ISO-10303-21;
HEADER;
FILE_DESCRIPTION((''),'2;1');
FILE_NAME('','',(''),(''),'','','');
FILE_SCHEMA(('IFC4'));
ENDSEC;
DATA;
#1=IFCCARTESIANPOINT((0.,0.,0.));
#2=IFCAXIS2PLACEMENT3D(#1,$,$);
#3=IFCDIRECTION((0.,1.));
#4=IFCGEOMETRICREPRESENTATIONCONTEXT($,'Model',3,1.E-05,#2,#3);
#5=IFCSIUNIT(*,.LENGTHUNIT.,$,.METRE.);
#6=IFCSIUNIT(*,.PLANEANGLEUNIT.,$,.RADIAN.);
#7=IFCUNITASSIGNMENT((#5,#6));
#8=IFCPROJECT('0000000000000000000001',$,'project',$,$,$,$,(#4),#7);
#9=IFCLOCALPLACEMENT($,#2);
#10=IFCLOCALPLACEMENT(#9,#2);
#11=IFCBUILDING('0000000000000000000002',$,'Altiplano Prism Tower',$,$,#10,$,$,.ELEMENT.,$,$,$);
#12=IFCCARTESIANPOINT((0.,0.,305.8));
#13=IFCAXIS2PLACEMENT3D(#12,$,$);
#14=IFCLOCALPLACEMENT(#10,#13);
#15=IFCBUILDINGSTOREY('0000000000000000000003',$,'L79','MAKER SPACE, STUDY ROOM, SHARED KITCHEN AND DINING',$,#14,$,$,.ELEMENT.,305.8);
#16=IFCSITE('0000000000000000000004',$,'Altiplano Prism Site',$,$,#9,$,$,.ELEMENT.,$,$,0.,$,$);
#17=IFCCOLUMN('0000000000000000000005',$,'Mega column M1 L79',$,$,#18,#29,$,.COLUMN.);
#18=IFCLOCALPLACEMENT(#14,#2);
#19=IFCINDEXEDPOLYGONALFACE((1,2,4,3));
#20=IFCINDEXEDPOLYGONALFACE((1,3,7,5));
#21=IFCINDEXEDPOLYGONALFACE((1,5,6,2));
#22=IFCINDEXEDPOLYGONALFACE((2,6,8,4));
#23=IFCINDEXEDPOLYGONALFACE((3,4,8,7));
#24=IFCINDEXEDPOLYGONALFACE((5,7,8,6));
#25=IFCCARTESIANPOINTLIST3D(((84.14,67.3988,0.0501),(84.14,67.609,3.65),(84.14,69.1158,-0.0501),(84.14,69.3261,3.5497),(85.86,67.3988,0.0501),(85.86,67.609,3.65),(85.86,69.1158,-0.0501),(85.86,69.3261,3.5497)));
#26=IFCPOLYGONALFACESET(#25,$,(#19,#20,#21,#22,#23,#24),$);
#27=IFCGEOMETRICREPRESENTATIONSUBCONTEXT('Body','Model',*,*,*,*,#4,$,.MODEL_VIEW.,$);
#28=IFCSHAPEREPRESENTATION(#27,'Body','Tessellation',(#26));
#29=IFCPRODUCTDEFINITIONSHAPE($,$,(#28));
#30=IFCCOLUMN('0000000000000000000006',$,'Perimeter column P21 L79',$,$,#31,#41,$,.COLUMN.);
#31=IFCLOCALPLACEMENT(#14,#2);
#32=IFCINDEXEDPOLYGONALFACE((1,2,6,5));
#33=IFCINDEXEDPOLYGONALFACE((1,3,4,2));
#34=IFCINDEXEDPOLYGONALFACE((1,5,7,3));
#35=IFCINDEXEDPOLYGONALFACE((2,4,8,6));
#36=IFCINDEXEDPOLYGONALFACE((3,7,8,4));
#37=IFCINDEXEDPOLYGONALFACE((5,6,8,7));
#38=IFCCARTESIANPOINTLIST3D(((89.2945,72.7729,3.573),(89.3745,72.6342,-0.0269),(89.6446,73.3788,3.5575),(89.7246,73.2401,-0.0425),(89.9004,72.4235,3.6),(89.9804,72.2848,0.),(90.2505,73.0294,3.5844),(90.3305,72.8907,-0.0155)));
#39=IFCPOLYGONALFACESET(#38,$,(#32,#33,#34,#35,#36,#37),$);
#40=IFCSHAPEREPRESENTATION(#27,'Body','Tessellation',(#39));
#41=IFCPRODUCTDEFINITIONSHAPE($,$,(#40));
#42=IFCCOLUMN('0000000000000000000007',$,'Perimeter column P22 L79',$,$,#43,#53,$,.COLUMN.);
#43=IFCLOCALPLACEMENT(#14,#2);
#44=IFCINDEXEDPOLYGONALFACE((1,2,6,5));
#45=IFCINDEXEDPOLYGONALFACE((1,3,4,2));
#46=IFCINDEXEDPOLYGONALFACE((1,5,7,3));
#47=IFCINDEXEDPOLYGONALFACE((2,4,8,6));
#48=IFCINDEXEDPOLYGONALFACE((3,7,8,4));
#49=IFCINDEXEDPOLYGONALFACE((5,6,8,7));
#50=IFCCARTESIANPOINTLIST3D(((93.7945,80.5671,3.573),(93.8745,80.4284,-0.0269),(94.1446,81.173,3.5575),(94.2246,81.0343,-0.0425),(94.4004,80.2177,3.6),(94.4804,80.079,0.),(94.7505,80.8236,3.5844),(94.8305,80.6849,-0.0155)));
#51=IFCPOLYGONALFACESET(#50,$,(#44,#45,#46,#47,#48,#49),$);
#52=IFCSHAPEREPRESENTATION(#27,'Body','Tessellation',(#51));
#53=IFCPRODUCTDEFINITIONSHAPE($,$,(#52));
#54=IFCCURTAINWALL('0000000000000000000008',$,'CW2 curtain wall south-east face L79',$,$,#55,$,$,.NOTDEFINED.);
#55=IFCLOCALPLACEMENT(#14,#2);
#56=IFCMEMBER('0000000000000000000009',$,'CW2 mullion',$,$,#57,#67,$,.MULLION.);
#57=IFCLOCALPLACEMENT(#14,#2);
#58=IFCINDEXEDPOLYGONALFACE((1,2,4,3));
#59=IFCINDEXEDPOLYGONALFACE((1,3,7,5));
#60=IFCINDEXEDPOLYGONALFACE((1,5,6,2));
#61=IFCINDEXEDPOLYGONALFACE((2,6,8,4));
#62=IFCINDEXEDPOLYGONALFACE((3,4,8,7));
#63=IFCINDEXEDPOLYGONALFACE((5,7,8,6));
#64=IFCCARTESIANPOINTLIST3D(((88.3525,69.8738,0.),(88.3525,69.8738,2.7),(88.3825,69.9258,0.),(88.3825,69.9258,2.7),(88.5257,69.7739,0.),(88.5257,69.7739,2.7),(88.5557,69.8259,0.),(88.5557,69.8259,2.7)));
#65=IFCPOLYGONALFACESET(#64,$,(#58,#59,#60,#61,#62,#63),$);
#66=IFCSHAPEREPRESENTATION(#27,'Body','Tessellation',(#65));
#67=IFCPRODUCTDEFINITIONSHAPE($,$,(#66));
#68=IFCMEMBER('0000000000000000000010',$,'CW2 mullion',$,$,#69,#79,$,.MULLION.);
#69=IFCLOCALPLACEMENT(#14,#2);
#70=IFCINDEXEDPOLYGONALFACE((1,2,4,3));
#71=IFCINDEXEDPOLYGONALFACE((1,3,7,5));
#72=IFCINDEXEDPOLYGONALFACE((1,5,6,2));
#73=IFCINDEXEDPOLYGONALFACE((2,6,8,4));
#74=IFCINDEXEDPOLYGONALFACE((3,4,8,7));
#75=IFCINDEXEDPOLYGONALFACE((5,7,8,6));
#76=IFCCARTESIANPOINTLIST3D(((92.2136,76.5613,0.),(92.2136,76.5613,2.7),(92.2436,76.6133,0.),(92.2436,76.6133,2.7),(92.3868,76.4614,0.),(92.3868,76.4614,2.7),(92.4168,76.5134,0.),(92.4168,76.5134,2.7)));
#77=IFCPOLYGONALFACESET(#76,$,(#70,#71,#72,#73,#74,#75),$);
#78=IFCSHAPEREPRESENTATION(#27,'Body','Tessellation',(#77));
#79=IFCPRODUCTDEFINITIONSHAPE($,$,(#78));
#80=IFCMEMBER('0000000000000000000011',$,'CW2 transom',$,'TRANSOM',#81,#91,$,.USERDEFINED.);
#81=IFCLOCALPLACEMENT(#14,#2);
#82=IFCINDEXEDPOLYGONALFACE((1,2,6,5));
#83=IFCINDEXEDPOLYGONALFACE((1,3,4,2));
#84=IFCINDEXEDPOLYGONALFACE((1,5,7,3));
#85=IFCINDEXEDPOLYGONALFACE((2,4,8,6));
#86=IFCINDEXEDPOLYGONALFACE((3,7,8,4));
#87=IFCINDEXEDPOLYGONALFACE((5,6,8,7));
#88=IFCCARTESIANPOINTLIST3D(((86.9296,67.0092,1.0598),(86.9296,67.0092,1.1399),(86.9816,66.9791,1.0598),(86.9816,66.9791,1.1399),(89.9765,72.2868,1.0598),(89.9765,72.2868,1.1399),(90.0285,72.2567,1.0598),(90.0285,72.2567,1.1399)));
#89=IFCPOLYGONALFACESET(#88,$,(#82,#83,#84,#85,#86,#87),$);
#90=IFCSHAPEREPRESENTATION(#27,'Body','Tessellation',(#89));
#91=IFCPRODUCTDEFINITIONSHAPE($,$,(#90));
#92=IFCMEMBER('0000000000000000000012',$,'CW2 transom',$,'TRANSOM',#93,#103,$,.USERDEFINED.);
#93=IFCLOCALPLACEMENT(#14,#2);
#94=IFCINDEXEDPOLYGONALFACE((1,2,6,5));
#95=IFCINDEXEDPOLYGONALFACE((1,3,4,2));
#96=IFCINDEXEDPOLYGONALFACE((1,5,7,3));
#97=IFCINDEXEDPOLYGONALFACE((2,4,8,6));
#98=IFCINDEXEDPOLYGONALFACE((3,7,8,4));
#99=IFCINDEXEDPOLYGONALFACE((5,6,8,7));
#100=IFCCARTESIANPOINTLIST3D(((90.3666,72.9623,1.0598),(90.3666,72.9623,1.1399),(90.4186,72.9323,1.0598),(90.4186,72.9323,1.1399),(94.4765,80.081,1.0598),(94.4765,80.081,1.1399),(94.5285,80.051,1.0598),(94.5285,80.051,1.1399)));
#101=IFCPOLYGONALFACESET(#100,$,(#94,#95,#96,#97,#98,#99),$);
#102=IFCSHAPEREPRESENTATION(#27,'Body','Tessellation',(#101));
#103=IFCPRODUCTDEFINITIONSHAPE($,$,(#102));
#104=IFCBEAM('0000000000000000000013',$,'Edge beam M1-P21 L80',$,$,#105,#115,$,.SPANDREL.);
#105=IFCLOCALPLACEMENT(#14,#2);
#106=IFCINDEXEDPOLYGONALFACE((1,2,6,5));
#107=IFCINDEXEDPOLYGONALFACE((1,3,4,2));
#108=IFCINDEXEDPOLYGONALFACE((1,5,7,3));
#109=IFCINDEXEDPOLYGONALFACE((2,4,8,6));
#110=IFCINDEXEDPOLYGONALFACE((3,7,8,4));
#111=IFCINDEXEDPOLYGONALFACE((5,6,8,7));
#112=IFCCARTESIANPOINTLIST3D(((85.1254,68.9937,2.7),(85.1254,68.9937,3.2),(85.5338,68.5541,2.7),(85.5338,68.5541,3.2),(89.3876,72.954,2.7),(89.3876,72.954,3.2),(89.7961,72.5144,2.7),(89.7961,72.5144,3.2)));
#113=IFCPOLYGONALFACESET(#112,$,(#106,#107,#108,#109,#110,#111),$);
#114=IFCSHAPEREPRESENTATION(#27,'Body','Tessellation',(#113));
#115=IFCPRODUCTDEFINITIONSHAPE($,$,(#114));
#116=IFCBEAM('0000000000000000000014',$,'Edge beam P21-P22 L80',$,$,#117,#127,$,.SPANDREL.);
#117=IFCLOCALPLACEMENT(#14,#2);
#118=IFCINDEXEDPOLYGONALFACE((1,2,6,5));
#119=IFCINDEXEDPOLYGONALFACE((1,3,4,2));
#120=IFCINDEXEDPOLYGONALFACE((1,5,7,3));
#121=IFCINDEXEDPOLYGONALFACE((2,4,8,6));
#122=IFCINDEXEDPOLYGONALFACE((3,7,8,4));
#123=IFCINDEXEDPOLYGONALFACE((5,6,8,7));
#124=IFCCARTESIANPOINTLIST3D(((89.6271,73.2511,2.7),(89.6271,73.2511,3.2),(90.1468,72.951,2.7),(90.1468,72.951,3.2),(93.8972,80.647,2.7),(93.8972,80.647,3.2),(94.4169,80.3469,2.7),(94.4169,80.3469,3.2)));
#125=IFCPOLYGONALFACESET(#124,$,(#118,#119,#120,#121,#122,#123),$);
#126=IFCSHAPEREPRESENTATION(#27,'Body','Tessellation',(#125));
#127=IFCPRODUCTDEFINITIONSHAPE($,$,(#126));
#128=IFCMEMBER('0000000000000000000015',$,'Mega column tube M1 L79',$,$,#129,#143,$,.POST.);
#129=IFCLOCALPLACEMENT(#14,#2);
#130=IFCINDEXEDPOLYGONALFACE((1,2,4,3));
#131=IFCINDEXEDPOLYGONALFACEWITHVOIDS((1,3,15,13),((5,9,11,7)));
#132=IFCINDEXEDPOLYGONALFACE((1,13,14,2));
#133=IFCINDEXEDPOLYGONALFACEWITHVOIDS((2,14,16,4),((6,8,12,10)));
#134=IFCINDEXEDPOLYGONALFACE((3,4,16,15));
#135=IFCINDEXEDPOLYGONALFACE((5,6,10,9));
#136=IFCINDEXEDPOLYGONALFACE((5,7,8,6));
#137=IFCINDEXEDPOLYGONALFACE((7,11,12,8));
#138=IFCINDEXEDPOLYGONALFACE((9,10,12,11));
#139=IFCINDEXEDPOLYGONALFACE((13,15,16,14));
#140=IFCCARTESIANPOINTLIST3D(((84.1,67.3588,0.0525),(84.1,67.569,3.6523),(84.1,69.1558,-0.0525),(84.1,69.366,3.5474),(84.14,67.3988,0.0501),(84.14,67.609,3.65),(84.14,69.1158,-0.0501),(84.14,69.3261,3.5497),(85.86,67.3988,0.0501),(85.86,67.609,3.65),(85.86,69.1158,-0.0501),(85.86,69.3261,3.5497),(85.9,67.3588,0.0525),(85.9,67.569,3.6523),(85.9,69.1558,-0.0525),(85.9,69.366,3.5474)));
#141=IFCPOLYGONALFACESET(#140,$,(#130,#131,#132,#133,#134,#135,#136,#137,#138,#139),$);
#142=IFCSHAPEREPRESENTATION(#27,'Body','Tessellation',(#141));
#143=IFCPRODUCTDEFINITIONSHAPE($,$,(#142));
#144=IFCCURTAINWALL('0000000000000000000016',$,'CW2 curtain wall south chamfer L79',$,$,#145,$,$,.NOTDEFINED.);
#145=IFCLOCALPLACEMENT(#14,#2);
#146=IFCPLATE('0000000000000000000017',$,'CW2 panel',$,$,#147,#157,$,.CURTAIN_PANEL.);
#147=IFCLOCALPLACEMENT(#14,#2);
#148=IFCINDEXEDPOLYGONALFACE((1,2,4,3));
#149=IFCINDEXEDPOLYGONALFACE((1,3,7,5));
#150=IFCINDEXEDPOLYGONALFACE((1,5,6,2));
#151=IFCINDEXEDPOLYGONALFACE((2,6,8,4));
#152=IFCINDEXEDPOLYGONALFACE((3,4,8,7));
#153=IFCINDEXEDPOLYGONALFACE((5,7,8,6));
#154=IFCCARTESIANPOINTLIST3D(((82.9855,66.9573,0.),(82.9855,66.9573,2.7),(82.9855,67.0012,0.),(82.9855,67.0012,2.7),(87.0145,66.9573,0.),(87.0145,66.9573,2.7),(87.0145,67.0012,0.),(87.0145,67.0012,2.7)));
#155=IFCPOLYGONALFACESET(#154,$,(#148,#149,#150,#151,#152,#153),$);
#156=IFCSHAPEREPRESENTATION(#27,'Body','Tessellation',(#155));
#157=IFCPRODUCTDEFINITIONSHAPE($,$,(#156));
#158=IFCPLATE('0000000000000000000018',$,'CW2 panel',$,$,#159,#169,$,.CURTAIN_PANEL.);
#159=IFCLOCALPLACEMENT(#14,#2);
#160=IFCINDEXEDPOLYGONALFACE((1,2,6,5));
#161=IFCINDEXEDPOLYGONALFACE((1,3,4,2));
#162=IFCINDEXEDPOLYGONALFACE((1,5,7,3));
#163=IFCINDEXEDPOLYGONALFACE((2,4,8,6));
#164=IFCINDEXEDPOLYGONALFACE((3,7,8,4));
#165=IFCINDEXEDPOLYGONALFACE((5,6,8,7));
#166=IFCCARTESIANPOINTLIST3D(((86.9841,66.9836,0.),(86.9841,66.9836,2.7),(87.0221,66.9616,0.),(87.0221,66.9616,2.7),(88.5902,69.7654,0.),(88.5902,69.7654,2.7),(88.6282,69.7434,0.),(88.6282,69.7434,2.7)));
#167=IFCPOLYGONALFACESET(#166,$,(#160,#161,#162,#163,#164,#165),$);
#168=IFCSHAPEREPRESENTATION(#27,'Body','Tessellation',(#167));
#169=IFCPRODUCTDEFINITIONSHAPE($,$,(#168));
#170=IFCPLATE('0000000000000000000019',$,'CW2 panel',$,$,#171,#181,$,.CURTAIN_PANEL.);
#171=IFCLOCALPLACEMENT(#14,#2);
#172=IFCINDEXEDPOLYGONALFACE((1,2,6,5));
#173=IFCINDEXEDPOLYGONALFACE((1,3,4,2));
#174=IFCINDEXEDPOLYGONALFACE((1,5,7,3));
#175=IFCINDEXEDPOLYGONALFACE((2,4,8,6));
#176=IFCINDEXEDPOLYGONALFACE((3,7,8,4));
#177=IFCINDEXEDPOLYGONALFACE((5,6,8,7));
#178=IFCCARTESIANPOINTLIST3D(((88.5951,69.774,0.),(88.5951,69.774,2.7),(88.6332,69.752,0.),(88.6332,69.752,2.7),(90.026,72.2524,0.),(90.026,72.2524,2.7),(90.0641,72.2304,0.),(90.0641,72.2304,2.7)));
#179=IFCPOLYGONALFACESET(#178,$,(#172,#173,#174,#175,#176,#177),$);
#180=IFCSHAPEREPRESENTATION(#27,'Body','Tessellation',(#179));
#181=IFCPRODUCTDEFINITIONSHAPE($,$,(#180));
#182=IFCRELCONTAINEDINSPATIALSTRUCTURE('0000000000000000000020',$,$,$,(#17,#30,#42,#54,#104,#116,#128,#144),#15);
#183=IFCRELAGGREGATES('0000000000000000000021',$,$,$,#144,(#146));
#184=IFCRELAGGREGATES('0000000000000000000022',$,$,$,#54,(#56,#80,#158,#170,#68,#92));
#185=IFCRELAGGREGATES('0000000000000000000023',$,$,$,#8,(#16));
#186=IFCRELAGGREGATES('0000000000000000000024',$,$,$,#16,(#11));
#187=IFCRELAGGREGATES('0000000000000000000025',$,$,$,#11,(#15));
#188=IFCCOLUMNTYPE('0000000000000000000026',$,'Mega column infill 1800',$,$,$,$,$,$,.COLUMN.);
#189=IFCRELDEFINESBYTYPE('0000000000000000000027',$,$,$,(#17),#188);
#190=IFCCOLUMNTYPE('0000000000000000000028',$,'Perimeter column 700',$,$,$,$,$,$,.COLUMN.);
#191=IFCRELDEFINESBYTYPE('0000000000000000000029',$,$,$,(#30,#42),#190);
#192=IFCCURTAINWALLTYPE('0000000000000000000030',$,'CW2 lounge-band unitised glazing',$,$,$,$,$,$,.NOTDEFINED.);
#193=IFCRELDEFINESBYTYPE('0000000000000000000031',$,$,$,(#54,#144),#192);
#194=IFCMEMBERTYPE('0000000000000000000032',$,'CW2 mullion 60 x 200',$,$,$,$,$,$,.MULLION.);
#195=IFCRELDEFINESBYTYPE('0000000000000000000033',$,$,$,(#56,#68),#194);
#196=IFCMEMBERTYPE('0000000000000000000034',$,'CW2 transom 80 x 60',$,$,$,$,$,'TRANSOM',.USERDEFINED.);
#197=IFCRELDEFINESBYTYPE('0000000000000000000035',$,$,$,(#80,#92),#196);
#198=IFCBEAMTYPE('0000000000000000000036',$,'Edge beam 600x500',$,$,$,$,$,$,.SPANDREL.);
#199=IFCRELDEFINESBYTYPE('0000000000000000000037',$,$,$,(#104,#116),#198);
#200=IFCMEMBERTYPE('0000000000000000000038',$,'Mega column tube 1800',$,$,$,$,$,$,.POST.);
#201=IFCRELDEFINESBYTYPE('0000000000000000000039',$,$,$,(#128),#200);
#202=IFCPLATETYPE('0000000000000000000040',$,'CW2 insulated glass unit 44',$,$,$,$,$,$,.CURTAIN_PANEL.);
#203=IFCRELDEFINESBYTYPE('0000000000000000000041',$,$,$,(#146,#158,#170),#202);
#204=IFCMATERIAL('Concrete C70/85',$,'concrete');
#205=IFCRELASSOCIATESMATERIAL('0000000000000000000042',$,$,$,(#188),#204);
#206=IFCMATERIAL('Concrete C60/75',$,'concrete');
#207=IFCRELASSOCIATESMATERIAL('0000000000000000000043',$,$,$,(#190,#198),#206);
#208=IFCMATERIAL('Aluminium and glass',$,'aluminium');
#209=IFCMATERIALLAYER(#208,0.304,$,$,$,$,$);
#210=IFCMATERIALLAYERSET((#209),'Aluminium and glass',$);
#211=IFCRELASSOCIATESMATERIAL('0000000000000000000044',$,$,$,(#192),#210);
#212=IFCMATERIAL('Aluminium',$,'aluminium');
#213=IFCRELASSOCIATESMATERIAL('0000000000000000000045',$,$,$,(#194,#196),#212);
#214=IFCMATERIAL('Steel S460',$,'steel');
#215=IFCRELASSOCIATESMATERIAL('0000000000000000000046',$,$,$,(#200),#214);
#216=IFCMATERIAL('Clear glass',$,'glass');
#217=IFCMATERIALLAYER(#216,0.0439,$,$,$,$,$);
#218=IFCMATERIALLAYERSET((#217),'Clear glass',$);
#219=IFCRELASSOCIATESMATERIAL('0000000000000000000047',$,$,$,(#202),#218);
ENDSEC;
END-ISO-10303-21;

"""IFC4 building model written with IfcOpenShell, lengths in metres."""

from ifc_helpers import new_model, si_unit, direction, frame, origin, origin_2d, place, context, subcontext, project, spatial, rectangle, hollow_rectangle, extrude, material, layer, layer_set, material_profile, profile_set, type_object, element, aggregate, save


model = new_model("IFC4")

# Units and contexts
model_context = context("Model", 3, precision=1e-05, world=origin(), true_north=direction((0.0, 1.0)))
body_context = subcontext(model_context, "Body", "Model", "MODEL_VIEW")
ifc_project = project(units=[si_unit("LENGTHUNIT", "METRE"), si_unit("PLANEANGLEUNIT", "RADIAN")], contexts=[model_context])

# Site, building, storey
site_placement = place(None, origin())
site = spatial("IfcSite", under=ifc_project, at=site_placement, Name="Altiplano Prism Site", CompositionType="ELEMENT", RefElevation=0.0)
building_placement = place(site_placement, origin())
building = spatial("IfcBuilding", under=site, at=building_placement, Name="Altiplano Prism Tower", CompositionType="ELEMENT")
storey_placement = place(building_placement, frame((0.0, 0.0, 305.8)))
storey = spatial("IfcBuildingStorey", under=building, at=storey_placement, Name="L79", Description="MAKER SPACE, STUDY ROOM, SHARED KITCHEN AND DINING", CompositionType="ELEMENT", Elevation=305.8)

# Columns
ifc_material_1 = material(Name="Concrete C70/85", Category="concrete")
ifc_material_profile_1 = material_profile(ifc_material_1, rectangle(XDim=1.72, YDim=1.72, at=origin_2d()), Name="Mega column infill 1800")
ifc_profile_set_1 = profile_set([ifc_material_profile_1], Name="Concrete C70/85")
column_type_1 = type_object("IfcColumnType", Name="Mega column infill 1800", PredefinedType="COLUMN", material=ifc_profile_set_1)
column_placement = place(storey_placement, frame((85.0, 68.2573, 0.0), z_axis=(0.0, 0.058293, 0.998299), x_axis=(-1.0, 0.0, 0.0)))
element("IfcColumn", 1, at=column_placement, inside=storey, type_object=column_type_1, Name="Mega column M1 L79", PredefinedType="COLUMN", context=body_context, shape_type="SweptSolid", body=[
    extrude(rectangle(XDim=1.72, YDim=1.72, at=origin_2d()), origin(), (0.0, 0.0, 1.0), 3.606),
])
ifc_material_2 = material(Name="Concrete C60/75", Category="concrete")
ifc_material_profile_2 = material_profile(ifc_material_2, rectangle(XDim=0.7, YDim=0.7, at=origin_2d()), Name="Perimeter column 700")
ifc_profile_set_2 = profile_set([ifc_material_profile_2], Name="Concrete C60/75")
column_type_2 = type_object("IfcColumnType", Name="Perimeter column 700", PredefinedType="COLUMN", material=ifc_profile_set_2)
for number, where, z_axis, x_axis, name in (
    (2, (89.8525, 72.7625, -0.0212), (-0.022223, 0.038483, 0.999012), (-0.500167, -0.865644, 0.02222), "Perimeter column P21 L79"),
    (3, (94.3525, 80.5566, -0.0212), (-0.022223, 0.038483, 0.999012), (-0.50017, -0.865642, 0.02222), "Perimeter column P22 L79"),
):
    element("IfcColumn", number, at=place(storey_placement, frame(where, z_axis=z_axis, x_axis=x_axis)), inside=storey, type_object=column_type_2, Name=name, PredefinedType="COLUMN", context=body_context, shape_type="SweptSolid", body=[
        extrude(rectangle(XDim=0.7, YDim=0.7, at=origin_2d()), origin(), (0.0, 0.0, 1.0), 3.6035),
    ])

# Curtain wall, members
ifc_material_3 = material(Name="Aluminium and glass", Category="aluminium")
ifc_layer_1 = layer(ifc_material_3, 0.304)
ifc_layer_set_1 = layer_set([ifc_layer_1], Name="Aluminium and glass")
curtain_wall_type = type_object("IfcCurtainWallType", Name="CW2 lounge-band unitised glazing", PredefinedType="NOTDEFINED", material=ifc_layer_set_1)
curtain_wall_1_placement = place(storey_placement, origin())
curtain_wall_1 = element("IfcCurtainWall", 4, at=curtain_wall_1_placement, inside=storey, type_object=curtain_wall_type, Name="CW2 curtain wall south-east face L79", PredefinedType="NOTDEFINED")
ifc_material_4 = material(Name="Aluminium", Category="aluminium")
ifc_material_profile_3 = material_profile(ifc_material_4, rectangle(XDim=0.2, YDim=0.0601, at=origin_2d()), Name="CW2 mullion 60 x 200")
ifc_profile_set_3 = profile_set([ifc_material_profile_3], Name="Aluminium")
member_type_1 = type_object("IfcMemberType", Name="CW2 mullion 60 x 200", PredefinedType="MULLION", material=ifc_profile_set_3)
member_1_placement = place(storey_placement, frame((88.4541, 69.8499, 0.0), z_axis=(0.0, 0.0, 1.0), x_axis=(-0.866025, 0.5, 0.0)))
member_1 = element("IfcMember", 5, at=member_1_placement, type_object=member_type_1, Name="CW2 mullion", PredefinedType="MULLION", context=body_context, shape_type="SweptSolid", body=[
    extrude(rectangle(XDim=0.2, YDim=0.0601, at=origin_2d()), origin(), (0.0, 0.0, 1.0), 2.7),
])
member_2_placement = place(storey_placement, frame((92.3152, 76.5374, 0.0), z_axis=(0.0, 0.0, 1.0), x_axis=(-0.866025, 0.5, 0.0)))
member_2 = element("IfcMember", 6, at=member_2_placement, type_object=member_type_1, Name="CW2 mullion", PredefinedType="MULLION", context=body_context, shape_type="SweptSolid", body=[
    extrude(rectangle(XDim=0.2, YDim=0.0601, at=origin_2d()), origin(), (0.0, 0.0, 1.0), 2.7),
])
ifc_material_profile_4 = material_profile(ifc_material_4, rectangle(XDim=0.0601, YDim=0.0801, at=origin_2d()), Name="CW2 transom 80 x 60")
ifc_profile_set_4 = profile_set([ifc_material_profile_4], Name="Aluminium")
member_type_2 = type_object("IfcMemberType", Name="CW2 transom 80 x 60", ElementType="TRANSOM", PredefinedType="USERDEFINED", material=ifc_profile_set_4)
member_3_placement = place(storey_placement, frame((86.9556, 66.9941, 1.0999), z_axis=(0.499983, 0.866035, 0.0), x_axis=(-0.866035, 0.499983, 0.0)))
member_3 = element("IfcMember", 7, at=member_3_placement, type_object=member_type_2, Name="CW2 transom", ObjectType="TRANSOM", PredefinedType="USERDEFINED", context=body_context, shape_type="SweptSolid", body=[
    extrude(rectangle(XDim=0.0601, YDim=0.0801, at=origin_2d()), origin(), (0.0, 0.0, 1.0), 6.094),
])
member_4_placement = place(storey_placement, frame((90.3926, 72.9473, 1.0999), z_axis=(0.499992, 0.86603, 0.0), x_axis=(-0.86603, 0.499992, 0.0)))
member_4 = element("IfcMember", 8, at=member_4_placement, type_object=member_type_2, Name="CW2 transom", ObjectType="TRANSOM", PredefinedType="USERDEFINED", context=body_context, shape_type="SweptSolid", body=[
    extrude(rectangle(XDim=0.0601, YDim=0.0801, at=origin_2d()), origin(), (0.0, 0.0, 1.0), 8.22),
])

# Beams
ifc_material_profile_5 = material_profile(ifc_material_2, rectangle(XDim=0.6001, YDim=0.5, at=origin_2d()), Name="Edge beam 600x500")
ifc_profile_set_5 = profile_set([ifc_material_profile_5], Name="Concrete C60/75")
beam_type = type_object("IfcBeamType", Name="Edge beam 600x500", PredefinedType="SPANDREL", material=ifc_profile_set_5)
beam_1_placement = place(storey_placement, frame((85.3296, 68.7739, 2.95), z_axis=(0.732584, 0.680676, 0.0), x_axis=(-0.680676, 0.732584, 0.0)))
element("IfcBeam", 9, at=beam_1_placement, inside=storey, type_object=beam_type, Name="Edge beam M1-P21 L80", PredefinedType="SPANDREL", context=body_context, shape_type="SweptSolid", body=[
    extrude(rectangle(XDim=0.6001, YDim=0.5, at=origin_2d()), origin(), (0.0, 0.0, 1.0), 5.8181),
])
beam_2_placement = place(storey_placement, frame((89.887, 73.1011, 2.95), z_axis=(0.500007, 0.866021, 0.0), x_axis=(-0.866021, 0.500007, 0.0)))
element("IfcBeam", 10, at=beam_2_placement, inside=storey, type_object=beam_type, Name="Edge beam P21-P22 L80", PredefinedType="SPANDREL", context=body_context, shape_type="SweptSolid", body=[
    extrude(rectangle(XDim=0.6001, YDim=0.5, at=origin_2d()), origin(), (0.0, 0.0, 1.0), 8.54),
])

# Member
ifc_material_5 = material(Name="Steel S460", Category="steel")
ifc_material_profile_6 = material_profile(ifc_material_5, hollow_rectangle(XDim=1.8, YDim=1.8, WallThickness=0.04, at=origin_2d()), Name="Mega column tube 1800")
ifc_profile_set_6 = profile_set([ifc_material_profile_6], Name="Steel S460")
member_type_3 = type_object("IfcMemberType", Name="Mega column tube 1800", PredefinedType="POST", material=ifc_profile_set_6)
member_5_placement = place(storey_placement, frame((85.0, 68.2573, 0.0), z_axis=(0.0, 0.058293, 0.998299), x_axis=(-1.0, 0.0, 0.0)))
element("IfcMember", 11, at=member_5_placement, inside=storey, type_object=member_type_3, Name="Mega column tube M1 L79", PredefinedType="POST", context=body_context, shape_type="SweptSolid", body=[
    extrude(hollow_rectangle(XDim=1.8, YDim=1.8, WallThickness=0.04, at=origin_2d()), origin(), (0.0, 0.0, 1.0), 3.606),
])

# Curtain wall, plate
curtain_wall_2_placement = place(storey_placement, origin())
curtain_wall_2 = element("IfcCurtainWall", 12, at=curtain_wall_2_placement, inside=storey, type_object=curtain_wall_type, Name="CW2 curtain wall south chamfer L79", PredefinedType="NOTDEFINED")
ifc_material_6 = material(Name="Clear glass", Category="glass")
ifc_layer_2 = layer(ifc_material_6, 0.0439)
ifc_layer_set_2 = layer_set([ifc_layer_2], Name="Clear glass")
plate_type = type_object("IfcPlateType", Name="CW2 insulated glass unit 44", PredefinedType="CURTAIN_PANEL", material=ifc_layer_set_2)
plate_1_placement = place(storey_placement, frame((85.0, 66.9792, 0.0), z_axis=(0.0, 0.0, 1.0), x_axis=(1.0, 0.0, 0.0)))
plate_1 = element("IfcPlate", 13, at=plate_1_placement, type_object=plate_type, Name="CW2 panel", PredefinedType="CURTAIN_PANEL", context=body_context, shape_type="SweptSolid", body=[
    extrude(rectangle(XDim=4.0291, YDim=0.0439, at=origin_2d()), origin(), (0.0, 0.0, 1.0), 2.7),
])
aggregate(curtain_wall_2, [plate_1])

# Plates
plate_2_placement = place(storey_placement, frame((87.8062, 68.3635, 0.0), z_axis=(0.0, 0.0, 1.0), x_axis=(0.5, 0.866025, 0.0)))
plate_2 = element("IfcPlate", 14, at=plate_2_placement, type_object=plate_type, Name="CW2 panel", PredefinedType="CURTAIN_PANEL", context=body_context, shape_type="SweptSolid", body=[
    extrude(rectangle(XDim=3.2122, YDim=0.0439, at=origin_2d()), origin(), (0.0, 0.0, 1.0), 2.7),
])
plate_3_placement = place(storey_placement, frame((89.3296, 71.0022, 0.0), z_axis=(0.0, 0.0, 1.0), x_axis=(0.5, 0.866025, 0.0)))
plate_3 = element("IfcPlate", 15, at=plate_3_placement, type_object=plate_type, Name="CW2 panel", PredefinedType="CURTAIN_PANEL", context=body_context, shape_type="SweptSolid", body=[
    extrude(rectangle(XDim=2.8618, YDim=0.0439, at=origin_2d()), origin(), (0.0, 0.0, 1.0), 2.7),
])
aggregate(curtain_wall_1, [member_1, member_3, plate_2, plate_3, member_2, member_4])

save(model, "model.ifc")
